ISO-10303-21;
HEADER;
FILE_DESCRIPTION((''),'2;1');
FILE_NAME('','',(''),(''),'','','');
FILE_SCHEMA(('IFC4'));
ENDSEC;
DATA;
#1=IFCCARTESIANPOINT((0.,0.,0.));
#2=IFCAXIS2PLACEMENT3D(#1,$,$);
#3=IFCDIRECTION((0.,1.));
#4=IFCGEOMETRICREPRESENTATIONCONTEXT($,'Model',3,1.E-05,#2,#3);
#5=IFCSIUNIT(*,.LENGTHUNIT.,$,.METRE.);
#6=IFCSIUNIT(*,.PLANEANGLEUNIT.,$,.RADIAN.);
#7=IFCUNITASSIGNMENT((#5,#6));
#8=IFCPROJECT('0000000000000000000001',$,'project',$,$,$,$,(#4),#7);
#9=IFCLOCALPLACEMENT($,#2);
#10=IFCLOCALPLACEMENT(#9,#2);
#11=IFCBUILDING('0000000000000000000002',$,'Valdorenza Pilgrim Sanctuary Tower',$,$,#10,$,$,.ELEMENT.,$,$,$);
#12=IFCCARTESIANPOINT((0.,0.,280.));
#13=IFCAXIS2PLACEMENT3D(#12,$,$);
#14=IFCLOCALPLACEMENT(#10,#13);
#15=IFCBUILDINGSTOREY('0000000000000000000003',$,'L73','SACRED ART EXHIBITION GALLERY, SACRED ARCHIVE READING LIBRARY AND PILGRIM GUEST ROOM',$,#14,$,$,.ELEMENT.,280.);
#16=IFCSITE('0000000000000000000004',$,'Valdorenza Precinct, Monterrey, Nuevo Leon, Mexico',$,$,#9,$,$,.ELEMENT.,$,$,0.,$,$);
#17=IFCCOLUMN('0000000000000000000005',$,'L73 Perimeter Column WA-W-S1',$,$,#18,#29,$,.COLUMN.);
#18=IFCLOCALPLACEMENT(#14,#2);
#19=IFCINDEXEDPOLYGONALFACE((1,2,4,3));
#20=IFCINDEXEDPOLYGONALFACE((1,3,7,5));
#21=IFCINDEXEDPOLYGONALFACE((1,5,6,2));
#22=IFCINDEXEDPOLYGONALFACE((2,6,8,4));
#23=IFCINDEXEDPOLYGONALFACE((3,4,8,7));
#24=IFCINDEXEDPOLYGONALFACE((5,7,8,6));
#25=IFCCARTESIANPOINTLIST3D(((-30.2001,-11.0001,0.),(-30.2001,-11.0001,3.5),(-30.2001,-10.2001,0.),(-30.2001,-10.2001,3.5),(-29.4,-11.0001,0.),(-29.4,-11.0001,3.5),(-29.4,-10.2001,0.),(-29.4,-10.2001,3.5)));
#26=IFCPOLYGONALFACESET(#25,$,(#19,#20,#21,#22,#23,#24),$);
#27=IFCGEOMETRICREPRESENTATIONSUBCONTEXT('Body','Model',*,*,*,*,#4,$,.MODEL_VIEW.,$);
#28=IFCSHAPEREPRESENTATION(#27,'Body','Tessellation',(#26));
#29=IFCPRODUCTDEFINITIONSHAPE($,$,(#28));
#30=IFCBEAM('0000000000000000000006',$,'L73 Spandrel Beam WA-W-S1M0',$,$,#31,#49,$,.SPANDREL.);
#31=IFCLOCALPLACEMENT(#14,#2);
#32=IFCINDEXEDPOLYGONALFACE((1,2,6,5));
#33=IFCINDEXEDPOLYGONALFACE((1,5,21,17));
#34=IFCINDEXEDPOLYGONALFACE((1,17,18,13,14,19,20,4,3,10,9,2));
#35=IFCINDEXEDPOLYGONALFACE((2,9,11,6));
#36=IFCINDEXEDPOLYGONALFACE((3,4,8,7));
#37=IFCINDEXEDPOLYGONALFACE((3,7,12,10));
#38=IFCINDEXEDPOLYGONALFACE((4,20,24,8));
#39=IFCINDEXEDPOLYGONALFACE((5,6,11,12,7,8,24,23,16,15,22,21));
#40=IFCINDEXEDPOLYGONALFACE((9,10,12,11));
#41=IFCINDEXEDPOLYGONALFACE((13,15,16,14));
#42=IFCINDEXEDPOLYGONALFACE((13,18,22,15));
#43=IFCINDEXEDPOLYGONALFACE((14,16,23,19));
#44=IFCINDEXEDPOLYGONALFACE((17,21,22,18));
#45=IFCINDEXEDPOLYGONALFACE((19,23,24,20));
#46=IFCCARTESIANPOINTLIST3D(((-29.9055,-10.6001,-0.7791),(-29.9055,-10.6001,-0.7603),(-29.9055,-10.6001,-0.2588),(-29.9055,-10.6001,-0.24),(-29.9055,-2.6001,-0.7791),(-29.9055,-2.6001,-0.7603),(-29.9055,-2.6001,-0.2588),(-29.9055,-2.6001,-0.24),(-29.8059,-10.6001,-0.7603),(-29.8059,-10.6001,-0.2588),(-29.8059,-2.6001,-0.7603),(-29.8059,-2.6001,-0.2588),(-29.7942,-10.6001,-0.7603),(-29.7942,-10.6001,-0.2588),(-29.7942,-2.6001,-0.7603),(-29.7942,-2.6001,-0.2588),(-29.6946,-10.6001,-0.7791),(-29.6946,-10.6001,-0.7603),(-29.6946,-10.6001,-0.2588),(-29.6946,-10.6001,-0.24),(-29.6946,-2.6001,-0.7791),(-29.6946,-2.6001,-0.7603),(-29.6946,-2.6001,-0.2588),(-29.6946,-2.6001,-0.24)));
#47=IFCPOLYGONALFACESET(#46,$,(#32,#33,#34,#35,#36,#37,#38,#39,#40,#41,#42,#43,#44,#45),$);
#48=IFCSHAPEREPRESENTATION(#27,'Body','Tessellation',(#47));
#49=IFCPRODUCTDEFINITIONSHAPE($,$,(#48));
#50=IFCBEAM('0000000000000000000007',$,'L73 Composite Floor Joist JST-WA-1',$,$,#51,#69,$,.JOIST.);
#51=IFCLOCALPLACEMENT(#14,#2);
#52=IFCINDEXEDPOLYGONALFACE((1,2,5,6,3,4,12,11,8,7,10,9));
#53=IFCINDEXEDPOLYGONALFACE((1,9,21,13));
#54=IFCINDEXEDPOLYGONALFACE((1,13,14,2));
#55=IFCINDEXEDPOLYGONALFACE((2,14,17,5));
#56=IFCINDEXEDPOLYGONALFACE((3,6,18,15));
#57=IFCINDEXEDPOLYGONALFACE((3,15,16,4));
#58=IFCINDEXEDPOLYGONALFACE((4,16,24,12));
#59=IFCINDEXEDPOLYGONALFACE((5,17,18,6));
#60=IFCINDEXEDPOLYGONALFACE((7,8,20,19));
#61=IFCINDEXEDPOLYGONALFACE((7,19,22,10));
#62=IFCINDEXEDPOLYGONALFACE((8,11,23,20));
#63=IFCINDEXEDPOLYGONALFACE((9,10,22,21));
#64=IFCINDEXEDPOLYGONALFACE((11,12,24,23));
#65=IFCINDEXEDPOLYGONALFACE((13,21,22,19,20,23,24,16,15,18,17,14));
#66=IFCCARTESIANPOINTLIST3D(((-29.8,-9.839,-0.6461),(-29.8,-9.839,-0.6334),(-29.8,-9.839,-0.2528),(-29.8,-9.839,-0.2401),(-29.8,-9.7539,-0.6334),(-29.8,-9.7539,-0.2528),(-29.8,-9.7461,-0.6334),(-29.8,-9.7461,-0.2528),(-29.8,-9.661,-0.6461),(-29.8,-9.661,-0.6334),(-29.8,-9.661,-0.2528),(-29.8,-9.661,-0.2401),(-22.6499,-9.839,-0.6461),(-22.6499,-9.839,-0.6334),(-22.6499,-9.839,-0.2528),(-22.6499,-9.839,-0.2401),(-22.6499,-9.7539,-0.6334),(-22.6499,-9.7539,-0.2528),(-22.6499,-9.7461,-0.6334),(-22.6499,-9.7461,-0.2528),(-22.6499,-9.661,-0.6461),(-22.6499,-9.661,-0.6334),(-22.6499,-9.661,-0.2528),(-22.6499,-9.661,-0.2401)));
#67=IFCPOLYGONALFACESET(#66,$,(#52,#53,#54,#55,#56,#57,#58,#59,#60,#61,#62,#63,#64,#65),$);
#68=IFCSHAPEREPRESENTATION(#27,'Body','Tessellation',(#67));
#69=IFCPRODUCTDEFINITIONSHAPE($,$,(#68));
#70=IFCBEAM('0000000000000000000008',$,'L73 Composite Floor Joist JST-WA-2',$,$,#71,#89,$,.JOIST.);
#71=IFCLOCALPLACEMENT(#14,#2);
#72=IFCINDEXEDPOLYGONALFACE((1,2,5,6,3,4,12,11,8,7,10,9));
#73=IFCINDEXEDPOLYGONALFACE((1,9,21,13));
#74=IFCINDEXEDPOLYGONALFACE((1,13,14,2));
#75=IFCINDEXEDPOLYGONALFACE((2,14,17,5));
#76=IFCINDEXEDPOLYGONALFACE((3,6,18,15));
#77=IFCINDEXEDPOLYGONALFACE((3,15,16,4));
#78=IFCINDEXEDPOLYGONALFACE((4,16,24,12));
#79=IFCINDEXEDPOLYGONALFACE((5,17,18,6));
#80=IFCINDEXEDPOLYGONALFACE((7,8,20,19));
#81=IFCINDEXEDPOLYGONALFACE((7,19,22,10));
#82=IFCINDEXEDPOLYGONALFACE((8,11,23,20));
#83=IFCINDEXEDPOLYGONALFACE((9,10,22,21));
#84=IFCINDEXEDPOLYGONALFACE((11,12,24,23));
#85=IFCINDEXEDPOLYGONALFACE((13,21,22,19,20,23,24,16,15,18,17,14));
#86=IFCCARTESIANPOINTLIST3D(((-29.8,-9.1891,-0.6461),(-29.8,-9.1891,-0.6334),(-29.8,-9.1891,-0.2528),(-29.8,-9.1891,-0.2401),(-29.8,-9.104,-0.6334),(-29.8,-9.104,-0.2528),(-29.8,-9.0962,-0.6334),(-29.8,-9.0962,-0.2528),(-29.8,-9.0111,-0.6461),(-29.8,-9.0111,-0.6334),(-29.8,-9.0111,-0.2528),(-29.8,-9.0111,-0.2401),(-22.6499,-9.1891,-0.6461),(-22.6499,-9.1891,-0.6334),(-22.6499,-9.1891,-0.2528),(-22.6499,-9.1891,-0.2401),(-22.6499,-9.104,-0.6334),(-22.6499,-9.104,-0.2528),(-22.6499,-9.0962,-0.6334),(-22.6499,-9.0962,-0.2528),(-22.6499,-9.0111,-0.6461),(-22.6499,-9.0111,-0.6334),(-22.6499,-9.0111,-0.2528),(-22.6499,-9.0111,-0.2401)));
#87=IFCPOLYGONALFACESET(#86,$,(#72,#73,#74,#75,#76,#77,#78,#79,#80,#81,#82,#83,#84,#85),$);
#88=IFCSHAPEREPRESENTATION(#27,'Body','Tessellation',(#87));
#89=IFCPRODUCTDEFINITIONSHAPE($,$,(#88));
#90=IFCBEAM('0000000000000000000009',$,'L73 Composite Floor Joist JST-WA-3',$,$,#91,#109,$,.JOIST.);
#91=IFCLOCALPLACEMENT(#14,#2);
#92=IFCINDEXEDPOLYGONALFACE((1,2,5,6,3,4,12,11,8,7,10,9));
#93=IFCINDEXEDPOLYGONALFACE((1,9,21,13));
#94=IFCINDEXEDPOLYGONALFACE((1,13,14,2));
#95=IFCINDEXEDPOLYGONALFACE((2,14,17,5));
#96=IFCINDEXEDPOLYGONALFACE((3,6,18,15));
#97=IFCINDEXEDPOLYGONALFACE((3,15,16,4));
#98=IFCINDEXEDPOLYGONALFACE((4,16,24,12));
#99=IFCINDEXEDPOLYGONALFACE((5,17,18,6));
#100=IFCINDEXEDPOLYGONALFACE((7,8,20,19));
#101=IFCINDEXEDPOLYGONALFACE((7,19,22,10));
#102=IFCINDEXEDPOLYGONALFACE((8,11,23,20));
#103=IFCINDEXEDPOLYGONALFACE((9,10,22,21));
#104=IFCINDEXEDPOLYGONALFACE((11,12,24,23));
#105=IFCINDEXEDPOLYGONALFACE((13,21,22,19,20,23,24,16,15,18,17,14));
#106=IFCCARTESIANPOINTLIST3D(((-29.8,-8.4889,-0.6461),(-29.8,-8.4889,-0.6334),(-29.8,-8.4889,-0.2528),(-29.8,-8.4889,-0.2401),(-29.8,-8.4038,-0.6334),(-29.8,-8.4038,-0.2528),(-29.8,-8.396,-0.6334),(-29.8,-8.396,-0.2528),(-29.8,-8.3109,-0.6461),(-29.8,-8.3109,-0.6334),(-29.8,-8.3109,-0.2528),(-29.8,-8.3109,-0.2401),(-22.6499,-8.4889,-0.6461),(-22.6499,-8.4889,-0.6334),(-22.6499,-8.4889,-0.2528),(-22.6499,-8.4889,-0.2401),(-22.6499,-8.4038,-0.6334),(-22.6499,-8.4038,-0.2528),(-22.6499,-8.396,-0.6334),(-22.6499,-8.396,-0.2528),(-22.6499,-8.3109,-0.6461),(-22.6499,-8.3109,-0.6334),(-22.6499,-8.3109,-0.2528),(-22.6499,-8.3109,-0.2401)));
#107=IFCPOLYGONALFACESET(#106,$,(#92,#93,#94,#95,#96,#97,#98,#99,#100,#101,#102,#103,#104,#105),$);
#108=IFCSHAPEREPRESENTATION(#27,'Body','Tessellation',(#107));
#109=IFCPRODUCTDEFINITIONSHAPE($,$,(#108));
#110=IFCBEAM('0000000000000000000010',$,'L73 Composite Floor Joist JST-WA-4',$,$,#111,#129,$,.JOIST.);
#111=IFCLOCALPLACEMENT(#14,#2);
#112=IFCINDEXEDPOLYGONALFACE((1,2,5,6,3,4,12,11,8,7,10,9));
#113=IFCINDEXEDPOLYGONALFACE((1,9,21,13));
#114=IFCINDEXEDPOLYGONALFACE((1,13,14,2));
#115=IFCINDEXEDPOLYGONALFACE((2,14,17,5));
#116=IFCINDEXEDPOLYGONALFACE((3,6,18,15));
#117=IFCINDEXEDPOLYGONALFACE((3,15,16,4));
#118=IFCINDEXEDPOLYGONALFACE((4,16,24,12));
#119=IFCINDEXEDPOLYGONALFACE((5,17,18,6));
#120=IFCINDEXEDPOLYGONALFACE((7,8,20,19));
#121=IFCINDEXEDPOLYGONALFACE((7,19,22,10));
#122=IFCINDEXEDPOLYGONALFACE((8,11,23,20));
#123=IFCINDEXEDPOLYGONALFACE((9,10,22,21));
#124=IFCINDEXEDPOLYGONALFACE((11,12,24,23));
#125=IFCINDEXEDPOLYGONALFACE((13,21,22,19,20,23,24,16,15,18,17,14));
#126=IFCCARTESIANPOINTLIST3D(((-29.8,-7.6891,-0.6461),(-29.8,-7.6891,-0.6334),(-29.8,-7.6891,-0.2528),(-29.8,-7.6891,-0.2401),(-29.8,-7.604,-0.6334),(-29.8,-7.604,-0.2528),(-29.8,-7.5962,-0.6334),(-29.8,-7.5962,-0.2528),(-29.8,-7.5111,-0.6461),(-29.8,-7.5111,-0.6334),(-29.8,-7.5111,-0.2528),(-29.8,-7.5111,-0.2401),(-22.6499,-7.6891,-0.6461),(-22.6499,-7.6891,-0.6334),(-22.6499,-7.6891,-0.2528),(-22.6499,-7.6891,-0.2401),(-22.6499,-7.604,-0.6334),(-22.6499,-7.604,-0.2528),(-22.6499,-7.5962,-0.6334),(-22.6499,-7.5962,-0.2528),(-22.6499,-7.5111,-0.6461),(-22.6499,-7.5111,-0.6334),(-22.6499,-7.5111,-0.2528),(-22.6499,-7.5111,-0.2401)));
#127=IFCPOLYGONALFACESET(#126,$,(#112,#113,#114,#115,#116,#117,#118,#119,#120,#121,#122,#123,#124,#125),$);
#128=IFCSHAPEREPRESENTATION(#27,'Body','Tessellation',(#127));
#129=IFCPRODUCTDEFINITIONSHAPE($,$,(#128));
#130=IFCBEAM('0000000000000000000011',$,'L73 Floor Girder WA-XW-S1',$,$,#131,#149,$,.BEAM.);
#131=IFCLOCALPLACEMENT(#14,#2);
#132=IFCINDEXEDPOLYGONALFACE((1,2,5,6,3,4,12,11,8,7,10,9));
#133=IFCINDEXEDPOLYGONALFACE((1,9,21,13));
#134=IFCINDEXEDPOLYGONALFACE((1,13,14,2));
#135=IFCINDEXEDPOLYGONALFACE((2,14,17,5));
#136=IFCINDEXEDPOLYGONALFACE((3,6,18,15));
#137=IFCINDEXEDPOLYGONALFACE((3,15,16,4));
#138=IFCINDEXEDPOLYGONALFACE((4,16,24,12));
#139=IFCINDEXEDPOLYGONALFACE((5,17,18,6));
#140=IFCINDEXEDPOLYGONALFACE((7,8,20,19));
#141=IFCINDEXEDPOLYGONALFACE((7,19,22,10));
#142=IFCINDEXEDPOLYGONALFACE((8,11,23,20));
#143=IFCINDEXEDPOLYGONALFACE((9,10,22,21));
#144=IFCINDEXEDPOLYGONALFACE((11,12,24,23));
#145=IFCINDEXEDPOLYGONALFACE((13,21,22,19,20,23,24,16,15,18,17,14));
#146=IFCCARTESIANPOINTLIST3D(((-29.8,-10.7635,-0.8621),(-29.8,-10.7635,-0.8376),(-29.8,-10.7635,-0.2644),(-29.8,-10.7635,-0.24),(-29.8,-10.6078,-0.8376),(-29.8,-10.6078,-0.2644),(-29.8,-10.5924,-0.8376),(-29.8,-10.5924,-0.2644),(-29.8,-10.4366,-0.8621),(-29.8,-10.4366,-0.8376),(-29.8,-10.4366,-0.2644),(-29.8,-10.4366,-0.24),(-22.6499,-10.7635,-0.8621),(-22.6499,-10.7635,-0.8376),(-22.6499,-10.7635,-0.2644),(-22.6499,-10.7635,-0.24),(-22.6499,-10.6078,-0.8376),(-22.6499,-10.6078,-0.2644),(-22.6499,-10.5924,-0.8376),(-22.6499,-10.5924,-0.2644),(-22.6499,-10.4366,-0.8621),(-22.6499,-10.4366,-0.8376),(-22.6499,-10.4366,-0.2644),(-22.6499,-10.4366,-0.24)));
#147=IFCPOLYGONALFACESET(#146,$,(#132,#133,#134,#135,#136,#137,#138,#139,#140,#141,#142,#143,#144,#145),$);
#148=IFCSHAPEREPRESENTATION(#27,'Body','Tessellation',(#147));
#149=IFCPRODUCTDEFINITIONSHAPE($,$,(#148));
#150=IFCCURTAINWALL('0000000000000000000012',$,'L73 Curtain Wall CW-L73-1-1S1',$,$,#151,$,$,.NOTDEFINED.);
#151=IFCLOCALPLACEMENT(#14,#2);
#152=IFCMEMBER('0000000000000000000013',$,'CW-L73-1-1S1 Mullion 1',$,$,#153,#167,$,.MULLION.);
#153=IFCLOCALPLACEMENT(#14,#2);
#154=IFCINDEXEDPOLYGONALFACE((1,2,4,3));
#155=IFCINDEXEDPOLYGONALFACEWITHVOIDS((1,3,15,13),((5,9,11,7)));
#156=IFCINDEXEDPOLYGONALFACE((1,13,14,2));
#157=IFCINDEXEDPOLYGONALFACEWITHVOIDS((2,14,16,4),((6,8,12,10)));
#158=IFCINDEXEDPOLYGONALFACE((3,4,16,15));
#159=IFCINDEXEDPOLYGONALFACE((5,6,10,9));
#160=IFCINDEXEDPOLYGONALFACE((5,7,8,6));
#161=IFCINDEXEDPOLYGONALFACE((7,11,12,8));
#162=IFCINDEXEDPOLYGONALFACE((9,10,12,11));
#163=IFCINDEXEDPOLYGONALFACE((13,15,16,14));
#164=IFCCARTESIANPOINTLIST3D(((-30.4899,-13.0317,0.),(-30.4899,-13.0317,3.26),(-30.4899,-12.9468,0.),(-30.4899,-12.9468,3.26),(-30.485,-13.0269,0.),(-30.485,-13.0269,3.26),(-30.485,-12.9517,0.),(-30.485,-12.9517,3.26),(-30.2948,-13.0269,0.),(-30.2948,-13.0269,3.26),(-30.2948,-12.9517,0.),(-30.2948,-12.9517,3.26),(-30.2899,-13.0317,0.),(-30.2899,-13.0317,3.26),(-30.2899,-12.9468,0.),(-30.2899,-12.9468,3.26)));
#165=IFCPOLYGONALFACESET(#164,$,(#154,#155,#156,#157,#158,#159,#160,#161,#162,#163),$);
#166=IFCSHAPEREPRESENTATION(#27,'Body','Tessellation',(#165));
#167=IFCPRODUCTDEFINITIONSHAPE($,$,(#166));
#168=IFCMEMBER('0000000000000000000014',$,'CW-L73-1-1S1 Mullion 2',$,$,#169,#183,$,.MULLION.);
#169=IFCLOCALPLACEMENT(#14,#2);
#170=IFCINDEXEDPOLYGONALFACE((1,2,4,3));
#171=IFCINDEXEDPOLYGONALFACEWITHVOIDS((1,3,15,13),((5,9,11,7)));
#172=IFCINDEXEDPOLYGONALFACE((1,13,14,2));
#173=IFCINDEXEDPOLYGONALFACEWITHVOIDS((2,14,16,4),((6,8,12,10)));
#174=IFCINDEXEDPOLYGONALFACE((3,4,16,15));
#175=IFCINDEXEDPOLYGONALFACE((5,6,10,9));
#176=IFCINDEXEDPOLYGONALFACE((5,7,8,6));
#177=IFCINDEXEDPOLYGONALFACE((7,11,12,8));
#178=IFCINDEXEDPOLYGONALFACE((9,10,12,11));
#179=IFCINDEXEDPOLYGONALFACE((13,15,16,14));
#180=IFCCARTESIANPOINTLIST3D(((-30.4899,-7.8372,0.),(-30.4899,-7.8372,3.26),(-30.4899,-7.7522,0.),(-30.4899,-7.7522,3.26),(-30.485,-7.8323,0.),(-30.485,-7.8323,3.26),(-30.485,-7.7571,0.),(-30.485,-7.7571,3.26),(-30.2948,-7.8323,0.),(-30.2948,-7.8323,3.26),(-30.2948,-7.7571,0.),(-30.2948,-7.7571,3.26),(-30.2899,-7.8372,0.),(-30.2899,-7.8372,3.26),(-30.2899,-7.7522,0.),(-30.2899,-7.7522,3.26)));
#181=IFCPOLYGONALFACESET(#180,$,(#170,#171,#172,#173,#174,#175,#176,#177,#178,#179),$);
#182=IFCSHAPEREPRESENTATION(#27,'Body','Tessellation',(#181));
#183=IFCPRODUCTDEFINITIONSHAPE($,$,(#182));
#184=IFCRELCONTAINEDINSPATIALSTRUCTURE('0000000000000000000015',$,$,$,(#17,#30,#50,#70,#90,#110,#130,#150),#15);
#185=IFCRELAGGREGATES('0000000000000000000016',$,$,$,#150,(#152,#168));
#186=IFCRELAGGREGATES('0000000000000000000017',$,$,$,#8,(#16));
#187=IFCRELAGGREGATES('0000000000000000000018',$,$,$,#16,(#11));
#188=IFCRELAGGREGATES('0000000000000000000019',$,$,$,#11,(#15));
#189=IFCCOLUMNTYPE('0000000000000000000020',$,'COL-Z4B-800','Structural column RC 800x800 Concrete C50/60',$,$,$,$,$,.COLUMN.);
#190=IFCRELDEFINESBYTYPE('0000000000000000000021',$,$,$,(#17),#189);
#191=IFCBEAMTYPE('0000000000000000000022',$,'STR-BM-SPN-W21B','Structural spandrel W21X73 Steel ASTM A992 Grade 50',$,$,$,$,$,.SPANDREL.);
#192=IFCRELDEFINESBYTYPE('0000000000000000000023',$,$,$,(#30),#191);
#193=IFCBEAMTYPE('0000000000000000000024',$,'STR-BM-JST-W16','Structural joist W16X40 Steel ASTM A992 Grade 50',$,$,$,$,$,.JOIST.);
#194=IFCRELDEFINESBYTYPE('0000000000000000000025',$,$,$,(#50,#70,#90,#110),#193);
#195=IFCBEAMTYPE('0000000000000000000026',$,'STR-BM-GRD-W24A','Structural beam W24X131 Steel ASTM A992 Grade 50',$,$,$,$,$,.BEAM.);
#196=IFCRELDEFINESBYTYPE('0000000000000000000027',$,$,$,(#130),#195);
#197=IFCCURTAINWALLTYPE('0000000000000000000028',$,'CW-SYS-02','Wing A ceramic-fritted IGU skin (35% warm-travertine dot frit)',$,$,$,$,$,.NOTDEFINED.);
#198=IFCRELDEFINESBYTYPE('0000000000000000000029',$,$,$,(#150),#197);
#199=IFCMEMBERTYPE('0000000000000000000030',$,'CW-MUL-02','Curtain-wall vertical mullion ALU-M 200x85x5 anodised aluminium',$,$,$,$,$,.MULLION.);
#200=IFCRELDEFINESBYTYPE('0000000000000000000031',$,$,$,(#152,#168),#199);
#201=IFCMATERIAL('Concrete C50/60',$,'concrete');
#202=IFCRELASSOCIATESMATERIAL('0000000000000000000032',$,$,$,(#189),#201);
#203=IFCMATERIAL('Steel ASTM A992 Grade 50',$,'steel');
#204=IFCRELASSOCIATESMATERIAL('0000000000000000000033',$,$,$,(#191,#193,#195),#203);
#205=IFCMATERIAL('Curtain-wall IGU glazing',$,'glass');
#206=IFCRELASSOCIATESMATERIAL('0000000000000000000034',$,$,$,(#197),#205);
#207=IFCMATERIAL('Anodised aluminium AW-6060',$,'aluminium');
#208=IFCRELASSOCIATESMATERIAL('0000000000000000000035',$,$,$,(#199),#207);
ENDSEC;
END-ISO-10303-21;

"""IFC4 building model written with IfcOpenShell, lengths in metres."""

from ifc_helpers import new_model, si_unit, direction, frame, origin, origin_2d, place, context, subcontext, project, spatial, rectangle, hollow_rectangle, i_section, extrude, source, transform, mapped, material, material_profile, profile_set, type_object, element, aggregate, save


model = new_model("IFC4")

# Units and contexts
model_context = context("Model", 3, precision=1e-05, world=origin(), true_north=direction((0.0, 1.0)))
body_context = subcontext(model_context, "Body", "Model", "MODEL_VIEW")
ifc_project = project(units=[si_unit("LENGTHUNIT", "METRE"), si_unit("PLANEANGLEUNIT", "RADIAN")], contexts=[model_context])

# Site, building, storey
site_placement = place(None, origin())
site = spatial("IfcSite", under=ifc_project, at=site_placement, Name="Valdorenza Precinct, Monterrey, Nuevo Leon, Mexico", CompositionType="ELEMENT", RefElevation=0.0)
building_placement = place(site_placement, origin())
building = spatial("IfcBuilding", under=site, at=building_placement, Name="Valdorenza Pilgrim Sanctuary Tower", CompositionType="ELEMENT")
storey_placement = place(building_placement, frame((0.0, 0.0, 280.0)))
storey = spatial("IfcBuildingStorey", under=building, at=storey_placement, Name="L73", Description="SACRED ART EXHIBITION GALLERY, SACRED ARCHIVE READING LIBRARY AND PILGRIM GUEST ROOM", CompositionType="ELEMENT", Elevation=280.0)

# Column
ifc_material_1 = material(Name="Concrete C50/60", Category="concrete")
ifc_material_profile_1 = material_profile(ifc_material_1, rectangle(XDim=0.8, YDim=0.8, at=origin_2d()), Name="RC 800x800")
ifc_profile_set_1 = profile_set([ifc_material_profile_1], Name="Concrete C50/60")
column_type = type_object("IfcColumnType", Name="COL-Z4B-800", Description="Structural column RC 800x800 Concrete C50/60", PredefinedType="COLUMN", material=ifc_profile_set_1)
shared_shape_1 = source(origin(), body_context, "Body", "SweptSolid", [
    extrude(rectangle(XDim=0.8, YDim=0.8, at=origin_2d()), origin(), (0.0, 0.0, 1.0), 3.5),
])
column_placement = place(storey_placement, frame((-29.8, -10.6001, 0.0), z_axis=(0.0, 0.0, 1.0), x_axis=(1.0, 0.0, 0.0)))
element("IfcColumn", 1, at=column_placement, inside=storey, type_object=column_type, Name="L73 Perimeter Column WA-W-S1", PredefinedType="COLUMN", context=body_context, shape_type="MappedRepresentation", body=[
    mapped(shared_shape_1, transform((0.0, 0.0, 0.0), x_axis=(1.0, 0.0, 0.0), y_axis=(0.0, 1.0, 0.0), z_axis=(0.0, 0.0, 1.0), scale=1.0)),
])

# Beams
ifc_material_2 = material(Name="Steel ASTM A992 Grade 50", Category="steel")
ifc_material_profile_2 = material_profile(ifc_material_2, i_section(OverallWidth=0.2109, OverallDepth=0.5391, WebThickness=0.0117, FlangeThickness=0.0188, at=origin_2d()), Name="W21X73")
ifc_profile_set_2 = profile_set([ifc_material_profile_2], Name="Steel ASTM A992 Grade 50")
beam_type_1 = type_object("IfcBeamType", Name="STR-BM-SPN-W21B", Description="Structural spandrel W21X73 Steel ASTM A992 Grade 50", PredefinedType="SPANDREL", material=ifc_profile_set_2)
shared_shape_2 = source(origin(), body_context, "Body", "SweptSolid", [
    extrude(i_section(OverallWidth=0.2109, OverallDepth=0.5391, WebThickness=0.0117, FlangeThickness=0.0188, at=origin_2d()), origin(), (0.0, 0.0, 1.0), 8.0),
])
beam_1_placement = place(storey_placement, frame((-29.8, -10.6001, -0.5095), z_axis=(0.0, 1.0, 0.0), x_axis=(-1.0, 0.0, 0.0)))
element("IfcBeam", 2, at=beam_1_placement, inside=storey, type_object=beam_type_1, Name="L73 Spandrel Beam WA-W-S1M0", PredefinedType="SPANDREL", context=body_context, shape_type="MappedRepresentation", body=[
    mapped(shared_shape_2, transform((0.0, 0.0, 0.0), x_axis=(1.0, 0.0, 0.0), y_axis=(0.0, 1.0, 0.0), z_axis=(0.0, 0.0, 1.0), scale=1.0)),
])
ifc_material_profile_3 = material_profile(ifc_material_2, i_section(OverallWidth=0.178, OverallDepth=0.406, WebThickness=0.0078, FlangeThickness=0.0127, at=origin_2d()), Name="W16X40")
ifc_profile_set_3 = profile_set([ifc_material_profile_3], Name="Steel ASTM A992 Grade 50")
beam_type_2 = type_object("IfcBeamType", Name="STR-BM-JST-W16", Description="Structural joist W16X40 Steel ASTM A992 Grade 50", PredefinedType="JOIST", material=ifc_profile_set_3)
shared_shape_3 = source(origin(), body_context, "Body", "SweptSolid", [
    extrude(i_section(OverallWidth=0.178, OverallDepth=0.406, WebThickness=0.0078, FlangeThickness=0.0127, at=origin_2d()), origin(), (0.0, 0.0, 1.0), 7.1501),
])
for number, where, z_axis, x_axis, name in (
    (3, (-29.8, -9.75, -0.4431), (1.0, 0.0, 0.0), (0.0, 1.0, 0.0), "L73 Composite Floor Joist JST-WA-1"),
    (4, (-29.8, -9.1001, -0.4431), (1.0, 0.0, 0.0), (0.0, 1.0, 0.0), "L73 Composite Floor Joist JST-WA-2"),
    (5, (-29.8, -8.3999, -0.4431), (1.0, 0.0, 0.0), (0.0, 1.0, 0.0), "L73 Composite Floor Joist JST-WA-3"),
    (6, (-29.8, -7.6001, -0.4431), (1.0, 0.0, 0.0), (0.0, 1.0, 0.0), "L73 Composite Floor Joist JST-WA-4"),
):
    element("IfcBeam", number, at=place(storey_placement, frame(where, z_axis=z_axis, x_axis=x_axis)), inside=storey, type_object=beam_type_2, Name=name, PredefinedType="JOIST", context=body_context, shape_type="MappedRepresentation", body=[
        mapped(shared_shape_3, transform((0.0, 0.0, 0.0), x_axis=(1.0, 0.0, 0.0), y_axis=(0.0, 1.0, 0.0), z_axis=(0.0, 0.0, 1.0), scale=1.0)),
    ])
ifc_material_profile_4 = material_profile(ifc_material_2, i_section(OverallWidth=0.3269, OverallDepth=0.6221, WebThickness=0.0154, FlangeThickness=0.0244, at=origin_2d()), Name="W24X131")
ifc_profile_set_4 = profile_set([ifc_material_profile_4], Name="Steel ASTM A992 Grade 50")
beam_type_3 = type_object("IfcBeamType", Name="STR-BM-GRD-W24A", Description="Structural beam W24X131 Steel ASTM A992 Grade 50", PredefinedType="BEAM", material=ifc_profile_set_4)
shared_shape_4 = source(origin(), body_context, "Body", "SweptSolid", [
    extrude(i_section(OverallWidth=0.3269, OverallDepth=0.6221, WebThickness=0.0154, FlangeThickness=0.0244, at=origin_2d()), origin(), (0.0, 0.0, 1.0), 7.1501),
])
beam_2_placement = place(storey_placement, frame((-29.8, -10.6001, -0.551), z_axis=(1.0, 0.0, 0.0), x_axis=(0.0, 1.0, 0.0)))
element("IfcBeam", 7, at=beam_2_placement, inside=storey, type_object=beam_type_3, Name="L73 Floor Girder WA-XW-S1", PredefinedType="BEAM", context=body_context, shape_type="MappedRepresentation", body=[
    mapped(shared_shape_4, transform((0.0, 0.0, 0.0), x_axis=(1.0, 0.0, 0.0), y_axis=(0.0, 1.0, 0.0), z_axis=(0.0, 0.0, 1.0), scale=1.0)),
])

# Curtain wall, members
ifc_material_3 = material(Name="Curtain-wall IGU glazing", Category="glass")
curtain_wall_type = type_object("IfcCurtainWallType", Name="CW-SYS-02", Description="Wing A ceramic-fritted IGU skin (35% warm-travertine dot frit)", PredefinedType="NOTDEFINED", material=ifc_material_3)
curtain_wall_1_placement = place(storey_placement, origin())
curtain_wall_1 = element("IfcCurtainWall", 8, at=curtain_wall_1_placement, inside=storey, type_object=curtain_wall_type, Name="L73 Curtain Wall CW-L73-1-1S1", PredefinedType="NOTDEFINED")
ifc_material_4 = material(Name="Anodised aluminium AW-6060", Category="aluminium")
ifc_material_profile_5 = material_profile(ifc_material_4, hollow_rectangle(XDim=0.085, YDim=0.2, WallThickness=0.0049, at=origin_2d()), Name="ALU-M 200x85x5")
ifc_profile_set_5 = profile_set([ifc_material_profile_5], Name="Anodised aluminium AW-6060")
member_type_1 = type_object("IfcMemberType", Name="CW-MUL-02", Description="Curtain-wall vertical mullion ALU-M 200x85x5 anodised aluminium", PredefinedType="MULLION", material=ifc_profile_set_5)
shared_shape_5 = source(origin(), body_context, "Body", "SweptSolid", [
    extrude(hollow_rectangle(XDim=0.085, YDim=0.2, WallThickness=0.0049, at=origin_2d()), origin(), (0.0, 0.0, 1.0), 3.26),
])
member_1_placement = place(storey_placement, frame((-30.3899, -12.9893, 0.0), z_axis=(0.0, 0.0, 1.0), x_axis=(0.0, 1.0, 0.0)))
member_1 = element("IfcMember", 9, at=member_1_placement, type_object=member_type_1, Name="CW-L73-1-1S1 Mullion 1", PredefinedType="MULLION", context=body_context, shape_type="MappedRepresentation", body=[
    mapped(shared_shape_5, transform((0.0, 0.0, 0.0), x_axis=(1.0, 0.0, 0.0), y_axis=(0.0, 1.0, 0.0), z_axis=(0.0, 0.0, 1.0), scale=1.0)),
])
member_2_placement = place(storey_placement, frame((-30.3899, -7.7947, 0.0), z_axis=(0.0, 0.0, 1.0), x_axis=(0.0, 1.0, 0.0)))
member_2 = element("IfcMember", 10, at=member_2_placement, type_object=member_type_1, Name="CW-L73-1-1S1 Mullion 2", PredefinedType="MULLION", context=body_context, shape_type="MappedRepresentation", body=[
    mapped(shared_shape_5, transform((0.0, 0.0, 0.0), x_axis=(1.0, 0.0, 0.0), y_axis=(0.0, 1.0, 0.0), z_axis=(0.0, 0.0, 1.0), scale=1.0)),
])

aggregate(curtain_wall_1, [member_1, member_2])

save(model, "model.ifc")
